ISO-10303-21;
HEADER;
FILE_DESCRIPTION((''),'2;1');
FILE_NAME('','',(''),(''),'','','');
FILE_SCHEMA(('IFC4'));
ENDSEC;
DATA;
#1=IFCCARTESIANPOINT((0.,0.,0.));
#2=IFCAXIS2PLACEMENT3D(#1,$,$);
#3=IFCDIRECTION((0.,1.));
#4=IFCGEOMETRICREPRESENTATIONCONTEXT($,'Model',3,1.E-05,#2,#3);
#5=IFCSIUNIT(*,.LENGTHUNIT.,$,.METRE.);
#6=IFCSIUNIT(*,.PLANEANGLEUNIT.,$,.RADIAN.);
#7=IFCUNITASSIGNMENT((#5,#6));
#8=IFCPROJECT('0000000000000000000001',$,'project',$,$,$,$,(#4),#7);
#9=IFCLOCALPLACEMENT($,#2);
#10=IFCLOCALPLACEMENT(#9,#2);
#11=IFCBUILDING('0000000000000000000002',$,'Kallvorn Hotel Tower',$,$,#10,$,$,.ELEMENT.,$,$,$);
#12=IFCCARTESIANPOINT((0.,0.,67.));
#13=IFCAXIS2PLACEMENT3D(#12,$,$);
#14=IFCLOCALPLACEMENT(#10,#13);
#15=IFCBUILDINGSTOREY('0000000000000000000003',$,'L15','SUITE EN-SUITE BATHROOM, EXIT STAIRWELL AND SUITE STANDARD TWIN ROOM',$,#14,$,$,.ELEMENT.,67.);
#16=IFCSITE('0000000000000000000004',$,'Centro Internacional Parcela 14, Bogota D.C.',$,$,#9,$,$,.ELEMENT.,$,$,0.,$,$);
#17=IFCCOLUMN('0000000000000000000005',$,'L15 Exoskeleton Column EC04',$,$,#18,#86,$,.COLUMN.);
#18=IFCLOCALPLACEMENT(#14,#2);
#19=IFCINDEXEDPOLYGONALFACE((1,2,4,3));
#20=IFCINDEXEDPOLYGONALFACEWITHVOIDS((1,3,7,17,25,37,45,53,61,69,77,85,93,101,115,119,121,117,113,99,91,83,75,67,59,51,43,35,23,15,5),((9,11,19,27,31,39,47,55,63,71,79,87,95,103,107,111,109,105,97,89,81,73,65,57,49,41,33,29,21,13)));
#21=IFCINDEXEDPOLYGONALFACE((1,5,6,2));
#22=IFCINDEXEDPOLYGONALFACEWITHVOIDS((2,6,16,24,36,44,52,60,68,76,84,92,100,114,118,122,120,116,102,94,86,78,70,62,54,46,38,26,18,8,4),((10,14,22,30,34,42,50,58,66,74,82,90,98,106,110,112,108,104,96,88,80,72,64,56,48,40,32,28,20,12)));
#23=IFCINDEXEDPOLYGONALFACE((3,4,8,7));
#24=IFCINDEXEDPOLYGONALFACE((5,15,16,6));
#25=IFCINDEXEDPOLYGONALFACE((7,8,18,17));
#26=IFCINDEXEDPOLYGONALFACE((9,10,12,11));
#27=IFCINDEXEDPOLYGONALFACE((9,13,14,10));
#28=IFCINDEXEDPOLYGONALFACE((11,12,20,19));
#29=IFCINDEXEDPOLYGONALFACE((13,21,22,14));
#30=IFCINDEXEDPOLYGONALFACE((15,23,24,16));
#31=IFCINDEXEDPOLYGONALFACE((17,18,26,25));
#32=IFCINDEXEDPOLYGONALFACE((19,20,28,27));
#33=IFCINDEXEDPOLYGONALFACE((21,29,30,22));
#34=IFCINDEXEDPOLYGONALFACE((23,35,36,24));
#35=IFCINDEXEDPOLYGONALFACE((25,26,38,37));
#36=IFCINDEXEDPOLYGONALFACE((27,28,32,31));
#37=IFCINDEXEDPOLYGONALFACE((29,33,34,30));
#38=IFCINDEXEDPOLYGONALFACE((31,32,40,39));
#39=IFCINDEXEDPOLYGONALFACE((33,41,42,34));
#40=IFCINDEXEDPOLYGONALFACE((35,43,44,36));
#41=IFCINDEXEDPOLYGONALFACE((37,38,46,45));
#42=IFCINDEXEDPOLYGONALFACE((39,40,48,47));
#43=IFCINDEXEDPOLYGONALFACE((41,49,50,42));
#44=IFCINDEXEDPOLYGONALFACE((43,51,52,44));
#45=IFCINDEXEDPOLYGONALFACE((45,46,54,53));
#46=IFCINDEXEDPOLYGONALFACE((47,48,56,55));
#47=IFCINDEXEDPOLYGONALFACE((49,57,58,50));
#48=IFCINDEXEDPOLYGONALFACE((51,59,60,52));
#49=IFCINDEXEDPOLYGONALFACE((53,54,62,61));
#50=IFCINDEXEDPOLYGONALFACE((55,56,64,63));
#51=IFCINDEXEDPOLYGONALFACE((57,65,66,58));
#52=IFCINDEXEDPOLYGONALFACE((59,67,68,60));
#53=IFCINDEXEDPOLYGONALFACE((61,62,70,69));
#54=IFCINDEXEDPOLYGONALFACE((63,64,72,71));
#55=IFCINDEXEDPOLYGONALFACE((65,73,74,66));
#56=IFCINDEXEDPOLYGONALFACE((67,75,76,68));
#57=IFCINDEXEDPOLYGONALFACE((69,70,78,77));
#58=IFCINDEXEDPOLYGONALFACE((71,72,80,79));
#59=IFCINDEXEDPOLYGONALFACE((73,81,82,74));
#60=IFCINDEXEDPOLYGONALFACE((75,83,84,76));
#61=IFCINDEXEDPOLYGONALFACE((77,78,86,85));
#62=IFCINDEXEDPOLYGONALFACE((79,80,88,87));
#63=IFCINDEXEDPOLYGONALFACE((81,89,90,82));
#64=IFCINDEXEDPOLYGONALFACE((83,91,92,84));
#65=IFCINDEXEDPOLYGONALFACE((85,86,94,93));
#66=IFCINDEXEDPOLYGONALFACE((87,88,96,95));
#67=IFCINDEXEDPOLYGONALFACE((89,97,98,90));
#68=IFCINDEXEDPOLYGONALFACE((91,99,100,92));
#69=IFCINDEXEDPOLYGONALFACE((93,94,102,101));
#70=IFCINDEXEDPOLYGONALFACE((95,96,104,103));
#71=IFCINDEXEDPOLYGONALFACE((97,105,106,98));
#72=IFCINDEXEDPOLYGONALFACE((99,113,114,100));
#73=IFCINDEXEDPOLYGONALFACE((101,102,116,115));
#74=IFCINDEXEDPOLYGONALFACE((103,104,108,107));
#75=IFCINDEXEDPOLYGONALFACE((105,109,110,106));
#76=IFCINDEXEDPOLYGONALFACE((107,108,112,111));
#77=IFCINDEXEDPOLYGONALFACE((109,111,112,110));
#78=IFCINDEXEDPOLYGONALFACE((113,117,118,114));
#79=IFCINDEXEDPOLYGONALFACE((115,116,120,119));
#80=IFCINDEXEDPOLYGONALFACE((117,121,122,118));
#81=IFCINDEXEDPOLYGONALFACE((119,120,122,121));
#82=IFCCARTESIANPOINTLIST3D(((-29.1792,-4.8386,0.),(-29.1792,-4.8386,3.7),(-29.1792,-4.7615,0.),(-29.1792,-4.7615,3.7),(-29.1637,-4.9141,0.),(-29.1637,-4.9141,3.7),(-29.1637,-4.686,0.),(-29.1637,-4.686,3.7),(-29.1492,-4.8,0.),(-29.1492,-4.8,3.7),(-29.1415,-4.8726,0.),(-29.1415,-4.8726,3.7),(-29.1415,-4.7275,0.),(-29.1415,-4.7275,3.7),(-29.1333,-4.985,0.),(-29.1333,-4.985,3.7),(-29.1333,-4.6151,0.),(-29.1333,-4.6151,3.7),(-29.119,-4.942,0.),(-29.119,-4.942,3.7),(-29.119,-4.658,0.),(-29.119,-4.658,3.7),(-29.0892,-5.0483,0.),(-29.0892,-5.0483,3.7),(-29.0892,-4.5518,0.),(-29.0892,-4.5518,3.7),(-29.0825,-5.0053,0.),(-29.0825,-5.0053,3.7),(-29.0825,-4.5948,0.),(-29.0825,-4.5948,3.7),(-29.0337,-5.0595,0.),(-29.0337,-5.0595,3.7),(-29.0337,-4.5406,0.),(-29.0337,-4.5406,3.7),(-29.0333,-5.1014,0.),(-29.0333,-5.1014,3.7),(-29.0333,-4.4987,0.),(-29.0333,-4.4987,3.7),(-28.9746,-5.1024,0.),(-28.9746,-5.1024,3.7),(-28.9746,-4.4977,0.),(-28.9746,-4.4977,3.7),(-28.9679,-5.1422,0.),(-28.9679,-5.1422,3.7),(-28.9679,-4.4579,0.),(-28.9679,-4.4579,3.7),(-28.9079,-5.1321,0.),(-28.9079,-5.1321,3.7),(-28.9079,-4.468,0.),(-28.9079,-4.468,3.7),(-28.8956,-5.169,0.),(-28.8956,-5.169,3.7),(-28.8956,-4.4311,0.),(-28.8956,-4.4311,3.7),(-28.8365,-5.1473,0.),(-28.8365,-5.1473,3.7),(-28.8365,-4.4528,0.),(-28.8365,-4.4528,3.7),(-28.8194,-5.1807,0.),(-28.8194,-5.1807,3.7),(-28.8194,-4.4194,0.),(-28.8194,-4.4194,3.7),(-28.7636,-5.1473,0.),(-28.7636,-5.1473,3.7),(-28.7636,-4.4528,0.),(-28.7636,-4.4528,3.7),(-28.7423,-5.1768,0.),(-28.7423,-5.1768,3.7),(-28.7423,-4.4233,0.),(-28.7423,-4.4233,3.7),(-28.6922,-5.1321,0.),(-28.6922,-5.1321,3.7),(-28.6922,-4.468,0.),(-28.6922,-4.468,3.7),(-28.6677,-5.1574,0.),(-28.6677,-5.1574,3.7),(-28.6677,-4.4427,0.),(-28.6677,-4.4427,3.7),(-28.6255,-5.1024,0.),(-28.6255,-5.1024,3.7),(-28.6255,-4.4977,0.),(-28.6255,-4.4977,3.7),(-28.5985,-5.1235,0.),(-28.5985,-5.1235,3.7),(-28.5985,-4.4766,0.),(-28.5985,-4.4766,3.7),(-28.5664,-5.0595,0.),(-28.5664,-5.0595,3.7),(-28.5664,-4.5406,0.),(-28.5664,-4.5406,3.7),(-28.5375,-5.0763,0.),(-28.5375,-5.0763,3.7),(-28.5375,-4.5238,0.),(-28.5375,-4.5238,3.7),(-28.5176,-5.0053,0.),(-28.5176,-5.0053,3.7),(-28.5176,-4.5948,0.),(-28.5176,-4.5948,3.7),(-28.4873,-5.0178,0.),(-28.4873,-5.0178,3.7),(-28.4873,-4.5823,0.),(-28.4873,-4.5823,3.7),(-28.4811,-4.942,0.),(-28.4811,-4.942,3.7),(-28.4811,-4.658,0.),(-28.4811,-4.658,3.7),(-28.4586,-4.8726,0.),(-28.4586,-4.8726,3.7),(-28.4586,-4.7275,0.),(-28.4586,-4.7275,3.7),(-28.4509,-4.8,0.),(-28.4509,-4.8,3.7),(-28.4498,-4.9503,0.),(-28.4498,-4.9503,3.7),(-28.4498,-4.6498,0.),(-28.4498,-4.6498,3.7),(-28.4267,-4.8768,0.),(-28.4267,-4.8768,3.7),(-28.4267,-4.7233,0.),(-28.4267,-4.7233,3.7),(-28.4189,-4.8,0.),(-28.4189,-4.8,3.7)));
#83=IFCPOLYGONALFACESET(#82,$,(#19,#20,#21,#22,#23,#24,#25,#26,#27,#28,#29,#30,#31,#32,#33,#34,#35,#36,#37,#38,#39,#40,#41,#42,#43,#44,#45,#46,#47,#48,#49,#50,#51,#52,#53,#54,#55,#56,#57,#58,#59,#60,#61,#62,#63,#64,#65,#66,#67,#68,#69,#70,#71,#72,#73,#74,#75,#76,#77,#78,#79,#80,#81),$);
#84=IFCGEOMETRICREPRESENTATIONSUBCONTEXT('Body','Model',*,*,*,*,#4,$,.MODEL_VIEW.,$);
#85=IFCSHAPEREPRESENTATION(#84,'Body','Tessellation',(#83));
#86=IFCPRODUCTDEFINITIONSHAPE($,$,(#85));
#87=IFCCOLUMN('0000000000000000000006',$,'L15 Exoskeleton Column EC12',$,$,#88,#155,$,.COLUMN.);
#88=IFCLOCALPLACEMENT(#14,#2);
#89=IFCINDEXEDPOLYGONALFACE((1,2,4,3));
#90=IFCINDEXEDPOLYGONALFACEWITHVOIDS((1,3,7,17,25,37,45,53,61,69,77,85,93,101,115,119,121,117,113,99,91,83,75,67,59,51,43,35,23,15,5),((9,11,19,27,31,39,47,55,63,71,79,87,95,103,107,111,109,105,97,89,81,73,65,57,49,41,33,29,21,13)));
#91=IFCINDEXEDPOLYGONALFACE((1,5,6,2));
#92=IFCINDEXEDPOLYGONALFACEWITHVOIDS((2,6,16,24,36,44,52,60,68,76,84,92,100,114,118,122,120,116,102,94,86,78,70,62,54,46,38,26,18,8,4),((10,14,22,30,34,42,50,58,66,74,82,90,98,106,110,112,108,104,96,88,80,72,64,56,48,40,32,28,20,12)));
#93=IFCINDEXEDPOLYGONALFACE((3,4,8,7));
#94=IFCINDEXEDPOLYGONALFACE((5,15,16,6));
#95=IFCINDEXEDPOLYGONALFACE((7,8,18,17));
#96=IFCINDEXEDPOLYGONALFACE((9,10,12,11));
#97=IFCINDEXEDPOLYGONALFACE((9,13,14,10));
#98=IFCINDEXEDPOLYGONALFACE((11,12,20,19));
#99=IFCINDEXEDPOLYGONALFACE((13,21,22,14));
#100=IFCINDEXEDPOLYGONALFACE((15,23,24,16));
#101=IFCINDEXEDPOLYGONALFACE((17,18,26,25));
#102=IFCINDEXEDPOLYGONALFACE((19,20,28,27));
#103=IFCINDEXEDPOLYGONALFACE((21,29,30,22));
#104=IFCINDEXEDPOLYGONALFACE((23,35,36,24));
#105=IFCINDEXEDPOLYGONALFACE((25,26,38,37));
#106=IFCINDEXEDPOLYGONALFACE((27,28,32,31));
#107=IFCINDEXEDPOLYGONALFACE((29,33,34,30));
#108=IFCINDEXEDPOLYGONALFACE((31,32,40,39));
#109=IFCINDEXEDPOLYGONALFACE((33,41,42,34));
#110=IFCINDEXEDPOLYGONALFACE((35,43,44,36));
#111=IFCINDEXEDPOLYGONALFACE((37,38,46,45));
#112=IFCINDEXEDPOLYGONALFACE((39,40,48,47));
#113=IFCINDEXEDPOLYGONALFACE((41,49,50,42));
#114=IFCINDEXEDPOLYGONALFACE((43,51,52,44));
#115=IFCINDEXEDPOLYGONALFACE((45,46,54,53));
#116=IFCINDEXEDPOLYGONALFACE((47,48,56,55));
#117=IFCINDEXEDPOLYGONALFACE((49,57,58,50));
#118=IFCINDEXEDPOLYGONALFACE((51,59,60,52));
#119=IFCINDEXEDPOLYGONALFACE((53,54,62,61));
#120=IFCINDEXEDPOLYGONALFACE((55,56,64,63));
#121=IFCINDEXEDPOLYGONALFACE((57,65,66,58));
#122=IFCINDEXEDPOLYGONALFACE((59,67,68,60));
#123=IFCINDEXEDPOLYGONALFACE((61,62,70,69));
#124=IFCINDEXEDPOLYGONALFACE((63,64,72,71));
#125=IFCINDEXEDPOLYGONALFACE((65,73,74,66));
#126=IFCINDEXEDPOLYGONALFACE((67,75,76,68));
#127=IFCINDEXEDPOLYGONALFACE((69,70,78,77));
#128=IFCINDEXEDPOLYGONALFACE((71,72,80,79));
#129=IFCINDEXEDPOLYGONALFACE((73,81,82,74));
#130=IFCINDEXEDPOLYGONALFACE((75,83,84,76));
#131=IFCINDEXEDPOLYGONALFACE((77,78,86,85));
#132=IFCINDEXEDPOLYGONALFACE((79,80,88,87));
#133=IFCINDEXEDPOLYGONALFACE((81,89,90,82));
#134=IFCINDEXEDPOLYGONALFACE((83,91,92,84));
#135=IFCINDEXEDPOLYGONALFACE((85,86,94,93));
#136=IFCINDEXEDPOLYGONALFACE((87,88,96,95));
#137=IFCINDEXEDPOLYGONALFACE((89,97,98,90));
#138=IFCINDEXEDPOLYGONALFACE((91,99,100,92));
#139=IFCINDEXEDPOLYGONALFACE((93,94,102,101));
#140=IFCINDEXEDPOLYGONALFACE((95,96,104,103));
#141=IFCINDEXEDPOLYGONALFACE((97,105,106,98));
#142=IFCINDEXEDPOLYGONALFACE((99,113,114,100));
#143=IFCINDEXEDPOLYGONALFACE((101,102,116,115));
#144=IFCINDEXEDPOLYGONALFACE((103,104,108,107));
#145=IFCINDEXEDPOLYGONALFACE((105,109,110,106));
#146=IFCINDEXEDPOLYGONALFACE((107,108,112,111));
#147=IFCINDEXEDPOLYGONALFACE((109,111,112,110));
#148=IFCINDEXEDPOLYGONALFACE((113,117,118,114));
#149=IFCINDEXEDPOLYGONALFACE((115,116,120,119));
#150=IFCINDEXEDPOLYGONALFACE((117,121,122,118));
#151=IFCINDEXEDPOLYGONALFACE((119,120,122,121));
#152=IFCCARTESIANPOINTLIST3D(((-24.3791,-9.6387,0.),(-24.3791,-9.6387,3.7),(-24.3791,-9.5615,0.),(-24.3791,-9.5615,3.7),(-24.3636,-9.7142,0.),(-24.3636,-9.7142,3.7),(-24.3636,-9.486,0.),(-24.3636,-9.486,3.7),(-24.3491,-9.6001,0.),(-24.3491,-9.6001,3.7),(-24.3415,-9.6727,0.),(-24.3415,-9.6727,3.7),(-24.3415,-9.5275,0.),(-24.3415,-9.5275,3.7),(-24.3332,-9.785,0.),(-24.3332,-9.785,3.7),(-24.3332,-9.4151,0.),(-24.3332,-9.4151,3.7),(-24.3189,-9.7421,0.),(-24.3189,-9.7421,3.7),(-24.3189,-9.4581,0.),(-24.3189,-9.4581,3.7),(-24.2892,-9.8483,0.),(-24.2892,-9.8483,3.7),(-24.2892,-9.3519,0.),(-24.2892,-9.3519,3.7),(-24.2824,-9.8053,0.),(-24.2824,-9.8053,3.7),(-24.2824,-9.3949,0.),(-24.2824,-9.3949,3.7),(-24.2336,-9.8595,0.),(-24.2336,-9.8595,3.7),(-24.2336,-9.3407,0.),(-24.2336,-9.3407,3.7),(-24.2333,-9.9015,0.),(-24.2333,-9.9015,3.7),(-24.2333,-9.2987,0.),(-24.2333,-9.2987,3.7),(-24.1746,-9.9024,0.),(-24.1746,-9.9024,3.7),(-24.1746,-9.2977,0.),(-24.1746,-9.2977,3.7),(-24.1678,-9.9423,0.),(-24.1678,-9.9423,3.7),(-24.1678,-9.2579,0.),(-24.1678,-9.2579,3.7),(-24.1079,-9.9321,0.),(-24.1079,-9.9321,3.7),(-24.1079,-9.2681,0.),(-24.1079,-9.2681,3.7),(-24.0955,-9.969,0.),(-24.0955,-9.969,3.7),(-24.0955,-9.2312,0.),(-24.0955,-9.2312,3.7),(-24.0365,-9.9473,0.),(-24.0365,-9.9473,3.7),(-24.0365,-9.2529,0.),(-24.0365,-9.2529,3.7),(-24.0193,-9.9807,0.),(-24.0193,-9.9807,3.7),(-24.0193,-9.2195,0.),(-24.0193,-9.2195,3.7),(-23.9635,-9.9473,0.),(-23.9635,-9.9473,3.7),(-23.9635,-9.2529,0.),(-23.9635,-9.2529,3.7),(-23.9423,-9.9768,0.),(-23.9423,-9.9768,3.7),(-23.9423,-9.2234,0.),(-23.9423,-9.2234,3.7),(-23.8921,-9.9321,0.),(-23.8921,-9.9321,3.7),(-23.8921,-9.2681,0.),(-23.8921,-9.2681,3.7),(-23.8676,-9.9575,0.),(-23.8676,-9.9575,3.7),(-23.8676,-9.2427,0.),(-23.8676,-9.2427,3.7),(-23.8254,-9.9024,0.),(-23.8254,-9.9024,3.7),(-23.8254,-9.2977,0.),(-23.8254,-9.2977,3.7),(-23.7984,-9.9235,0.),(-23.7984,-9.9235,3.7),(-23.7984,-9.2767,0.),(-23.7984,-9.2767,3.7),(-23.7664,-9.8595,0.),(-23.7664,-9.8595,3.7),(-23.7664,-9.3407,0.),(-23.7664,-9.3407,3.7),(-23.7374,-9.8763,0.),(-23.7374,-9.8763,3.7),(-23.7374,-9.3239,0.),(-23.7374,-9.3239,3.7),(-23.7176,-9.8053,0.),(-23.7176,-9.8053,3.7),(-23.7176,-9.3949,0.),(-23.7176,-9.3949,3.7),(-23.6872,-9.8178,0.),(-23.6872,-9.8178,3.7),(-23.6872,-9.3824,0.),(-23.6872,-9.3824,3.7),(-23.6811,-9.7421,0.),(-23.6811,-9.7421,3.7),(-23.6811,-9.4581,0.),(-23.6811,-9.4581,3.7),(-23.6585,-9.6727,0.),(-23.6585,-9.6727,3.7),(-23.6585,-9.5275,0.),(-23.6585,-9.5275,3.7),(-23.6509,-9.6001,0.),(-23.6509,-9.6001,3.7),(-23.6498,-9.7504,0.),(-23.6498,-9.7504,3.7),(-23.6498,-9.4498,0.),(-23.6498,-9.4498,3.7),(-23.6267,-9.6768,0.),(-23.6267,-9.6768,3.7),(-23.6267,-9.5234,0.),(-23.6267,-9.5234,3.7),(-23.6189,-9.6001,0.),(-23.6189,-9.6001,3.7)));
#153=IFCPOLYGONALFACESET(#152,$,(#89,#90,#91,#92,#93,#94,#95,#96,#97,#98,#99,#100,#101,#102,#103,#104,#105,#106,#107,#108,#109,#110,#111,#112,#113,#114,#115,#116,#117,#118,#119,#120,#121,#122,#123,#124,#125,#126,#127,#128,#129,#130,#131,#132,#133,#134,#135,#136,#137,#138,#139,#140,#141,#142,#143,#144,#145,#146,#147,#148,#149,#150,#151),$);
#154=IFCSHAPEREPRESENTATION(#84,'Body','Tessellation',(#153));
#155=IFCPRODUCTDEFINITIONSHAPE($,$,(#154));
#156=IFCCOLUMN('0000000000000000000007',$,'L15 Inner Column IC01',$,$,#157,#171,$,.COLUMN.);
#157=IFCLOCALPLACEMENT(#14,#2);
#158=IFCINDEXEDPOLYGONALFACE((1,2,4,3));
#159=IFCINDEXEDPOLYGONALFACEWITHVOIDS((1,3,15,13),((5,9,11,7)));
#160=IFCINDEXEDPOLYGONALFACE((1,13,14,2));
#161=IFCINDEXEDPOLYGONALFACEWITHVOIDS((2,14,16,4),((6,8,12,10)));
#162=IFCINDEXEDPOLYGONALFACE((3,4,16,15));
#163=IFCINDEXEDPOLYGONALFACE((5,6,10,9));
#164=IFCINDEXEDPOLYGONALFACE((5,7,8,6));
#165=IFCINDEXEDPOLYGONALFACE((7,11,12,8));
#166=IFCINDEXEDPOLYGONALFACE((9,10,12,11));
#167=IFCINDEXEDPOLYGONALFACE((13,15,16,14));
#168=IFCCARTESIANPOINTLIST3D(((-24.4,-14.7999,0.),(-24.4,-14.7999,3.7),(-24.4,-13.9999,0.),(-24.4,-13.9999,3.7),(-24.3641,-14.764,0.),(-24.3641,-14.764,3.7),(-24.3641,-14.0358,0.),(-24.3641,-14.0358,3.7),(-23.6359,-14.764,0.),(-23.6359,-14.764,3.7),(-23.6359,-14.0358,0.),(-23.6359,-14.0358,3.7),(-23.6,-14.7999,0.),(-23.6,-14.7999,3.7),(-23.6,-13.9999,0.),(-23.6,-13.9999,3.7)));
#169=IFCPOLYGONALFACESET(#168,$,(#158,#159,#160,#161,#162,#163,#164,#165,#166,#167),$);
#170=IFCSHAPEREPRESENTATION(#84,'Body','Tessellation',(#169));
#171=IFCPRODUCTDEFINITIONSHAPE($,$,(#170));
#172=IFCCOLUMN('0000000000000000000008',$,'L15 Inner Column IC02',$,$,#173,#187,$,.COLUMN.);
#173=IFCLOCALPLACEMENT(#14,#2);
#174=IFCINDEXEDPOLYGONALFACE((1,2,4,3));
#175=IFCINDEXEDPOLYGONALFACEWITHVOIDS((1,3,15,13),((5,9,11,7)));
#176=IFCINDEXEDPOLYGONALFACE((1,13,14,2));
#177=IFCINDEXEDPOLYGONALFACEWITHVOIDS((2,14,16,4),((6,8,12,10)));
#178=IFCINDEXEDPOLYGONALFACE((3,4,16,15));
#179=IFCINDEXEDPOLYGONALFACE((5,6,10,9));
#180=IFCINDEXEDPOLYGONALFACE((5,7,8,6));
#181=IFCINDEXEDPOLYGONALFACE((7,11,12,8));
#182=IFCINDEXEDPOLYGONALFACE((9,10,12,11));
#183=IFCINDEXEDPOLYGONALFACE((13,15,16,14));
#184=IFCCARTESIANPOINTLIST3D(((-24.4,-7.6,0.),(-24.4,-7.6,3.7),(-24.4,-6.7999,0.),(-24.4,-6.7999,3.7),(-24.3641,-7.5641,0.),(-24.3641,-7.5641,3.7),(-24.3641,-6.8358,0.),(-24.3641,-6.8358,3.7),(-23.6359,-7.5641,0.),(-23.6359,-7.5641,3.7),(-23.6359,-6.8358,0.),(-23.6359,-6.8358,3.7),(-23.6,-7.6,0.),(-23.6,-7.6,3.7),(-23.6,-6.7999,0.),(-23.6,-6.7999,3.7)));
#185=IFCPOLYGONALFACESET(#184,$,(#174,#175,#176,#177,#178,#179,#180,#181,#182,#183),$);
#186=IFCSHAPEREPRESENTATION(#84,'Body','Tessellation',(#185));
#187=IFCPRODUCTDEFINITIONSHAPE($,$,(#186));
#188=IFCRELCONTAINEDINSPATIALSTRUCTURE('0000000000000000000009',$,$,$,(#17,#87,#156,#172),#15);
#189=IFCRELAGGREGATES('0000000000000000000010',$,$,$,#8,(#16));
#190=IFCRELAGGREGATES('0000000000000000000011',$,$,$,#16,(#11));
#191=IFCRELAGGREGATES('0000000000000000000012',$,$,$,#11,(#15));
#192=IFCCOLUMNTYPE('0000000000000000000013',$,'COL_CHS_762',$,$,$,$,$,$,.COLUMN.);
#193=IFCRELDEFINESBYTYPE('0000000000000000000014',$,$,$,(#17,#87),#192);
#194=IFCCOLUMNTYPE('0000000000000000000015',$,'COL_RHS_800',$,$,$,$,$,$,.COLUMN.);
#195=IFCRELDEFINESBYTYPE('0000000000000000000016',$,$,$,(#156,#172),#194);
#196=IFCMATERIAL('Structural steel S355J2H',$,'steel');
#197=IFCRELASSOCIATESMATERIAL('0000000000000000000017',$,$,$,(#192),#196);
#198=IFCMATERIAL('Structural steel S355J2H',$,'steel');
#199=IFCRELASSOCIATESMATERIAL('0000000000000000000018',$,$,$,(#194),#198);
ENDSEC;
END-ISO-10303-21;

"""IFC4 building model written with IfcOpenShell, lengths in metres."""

from ifc_helpers import new_model, si_unit, direction, frame, origin, origin_2d, place, context, subcontext, project, spatial, hollow_rectangle, hollow_circle, extrude, material, material_profile, profile_set, type_object, element, save


model = new_model("IFC4")

# Units and contexts
model_context = context("Model", 3, precision=1e-05, world=origin(), true_north=direction((0.0, 1.0)))
body_context = subcontext(model_context, "Body", "Model", "MODEL_VIEW")
ifc_project = project(units=[si_unit("LENGTHUNIT", "METRE"), si_unit("PLANEANGLEUNIT", "RADIAN")], contexts=[model_context])

# Site, building, storey
site_placement = place(None, origin())
site = spatial("IfcSite", under=ifc_project, at=site_placement, Name="Centro Internacional Parcela 14, Bogota D.C.", CompositionType="ELEMENT", RefElevation=0.0)
building_placement = place(site_placement, origin())
building = spatial("IfcBuilding", under=site, at=building_placement, Name="Kallvorn Hotel Tower", CompositionType="ELEMENT")
storey_placement = place(building_placement, frame((0.0, 0.0, 67.0)))
storey = spatial("IfcBuildingStorey", under=building, at=storey_placement, Name="L15", Description="SUITE EN-SUITE BATHROOM, EXIT STAIRWELL AND SUITE STANDARD TWIN ROOM", CompositionType="ELEMENT", Elevation=67.0)

# Columns
ifc_material_1 = material(Name="Structural steel S355J2H", Category="steel")
ifc_material_profile_1 = material_profile(ifc_material_1, hollow_circle(Radius=0.3811, WallThickness=0.032, at=origin_2d()), Name="CHS 762x32")
ifc_profile_set_1 = profile_set([ifc_material_profile_1], Name="Structural steel S355J2H")
column_type_1 = type_object("IfcColumnType", Name="COL_CHS_762", PredefinedType="COLUMN", material=ifc_profile_set_1)
for number, where, z_axis, x_axis, name in (
    (1, (-28.8, -4.8, 0.0), (0.0, 0.0, 1.0), (1.0, 0.0, 0.0), "L15 Exoskeleton Column EC04"),
    (2, (-24.0, -9.6001, 0.0), (0.0, 0.0, 1.0), (1.0, 0.0, 0.0), "L15 Exoskeleton Column EC12"),
):
    element("IfcColumn", number, at=place(storey_placement, frame(where, z_axis=z_axis, x_axis=x_axis)), inside=storey, type_object=column_type_1, Name=name, PredefinedType="COLUMN", context=body_context, shape_type="SweptSolid", body=[
        extrude(hollow_circle(Radius=0.3811, WallThickness=0.032, at=origin_2d()), origin(), (0.0, 0.0, 1.0), 3.7),
    ])
ifc_material_2 = material(Name="Structural steel S355J2H", Category="steel")
ifc_material_profile_2 = material_profile(ifc_material_2, hollow_rectangle(XDim=0.8, YDim=0.8, WallThickness=0.0359, at=origin_2d()), Name="RHS 800x800x36")
ifc_profile_set_2 = profile_set([ifc_material_profile_2], Name="Structural steel S355J2H")
column_type_2 = type_object("IfcColumnType", Name="COL_RHS_800", PredefinedType="COLUMN", material=ifc_profile_set_2)
for number, where, z_axis, x_axis, name in (
    (3, (-24.0, -14.3999, 0.0), (0.0, 0.0, 1.0), (1.0, 0.0, 0.0), "L15 Inner Column IC01"),
    (4, (-24.0, -7.2, 0.0), (0.0, 0.0, 1.0), (1.0, 0.0, 0.0), "L15 Inner Column IC02"),
):
    element("IfcColumn", number, at=place(storey_placement, frame(where, z_axis=z_axis, x_axis=x_axis)), inside=storey, type_object=column_type_2, Name=name, PredefinedType="COLUMN", context=body_context, shape_type="SweptSolid", body=[
        extrude(hollow_rectangle(XDim=0.8, YDim=0.8, WallThickness=0.0359, at=origin_2d()), origin(), (0.0, 0.0, 1.0), 3.7),
    ])

save(model, "model.ifc")
